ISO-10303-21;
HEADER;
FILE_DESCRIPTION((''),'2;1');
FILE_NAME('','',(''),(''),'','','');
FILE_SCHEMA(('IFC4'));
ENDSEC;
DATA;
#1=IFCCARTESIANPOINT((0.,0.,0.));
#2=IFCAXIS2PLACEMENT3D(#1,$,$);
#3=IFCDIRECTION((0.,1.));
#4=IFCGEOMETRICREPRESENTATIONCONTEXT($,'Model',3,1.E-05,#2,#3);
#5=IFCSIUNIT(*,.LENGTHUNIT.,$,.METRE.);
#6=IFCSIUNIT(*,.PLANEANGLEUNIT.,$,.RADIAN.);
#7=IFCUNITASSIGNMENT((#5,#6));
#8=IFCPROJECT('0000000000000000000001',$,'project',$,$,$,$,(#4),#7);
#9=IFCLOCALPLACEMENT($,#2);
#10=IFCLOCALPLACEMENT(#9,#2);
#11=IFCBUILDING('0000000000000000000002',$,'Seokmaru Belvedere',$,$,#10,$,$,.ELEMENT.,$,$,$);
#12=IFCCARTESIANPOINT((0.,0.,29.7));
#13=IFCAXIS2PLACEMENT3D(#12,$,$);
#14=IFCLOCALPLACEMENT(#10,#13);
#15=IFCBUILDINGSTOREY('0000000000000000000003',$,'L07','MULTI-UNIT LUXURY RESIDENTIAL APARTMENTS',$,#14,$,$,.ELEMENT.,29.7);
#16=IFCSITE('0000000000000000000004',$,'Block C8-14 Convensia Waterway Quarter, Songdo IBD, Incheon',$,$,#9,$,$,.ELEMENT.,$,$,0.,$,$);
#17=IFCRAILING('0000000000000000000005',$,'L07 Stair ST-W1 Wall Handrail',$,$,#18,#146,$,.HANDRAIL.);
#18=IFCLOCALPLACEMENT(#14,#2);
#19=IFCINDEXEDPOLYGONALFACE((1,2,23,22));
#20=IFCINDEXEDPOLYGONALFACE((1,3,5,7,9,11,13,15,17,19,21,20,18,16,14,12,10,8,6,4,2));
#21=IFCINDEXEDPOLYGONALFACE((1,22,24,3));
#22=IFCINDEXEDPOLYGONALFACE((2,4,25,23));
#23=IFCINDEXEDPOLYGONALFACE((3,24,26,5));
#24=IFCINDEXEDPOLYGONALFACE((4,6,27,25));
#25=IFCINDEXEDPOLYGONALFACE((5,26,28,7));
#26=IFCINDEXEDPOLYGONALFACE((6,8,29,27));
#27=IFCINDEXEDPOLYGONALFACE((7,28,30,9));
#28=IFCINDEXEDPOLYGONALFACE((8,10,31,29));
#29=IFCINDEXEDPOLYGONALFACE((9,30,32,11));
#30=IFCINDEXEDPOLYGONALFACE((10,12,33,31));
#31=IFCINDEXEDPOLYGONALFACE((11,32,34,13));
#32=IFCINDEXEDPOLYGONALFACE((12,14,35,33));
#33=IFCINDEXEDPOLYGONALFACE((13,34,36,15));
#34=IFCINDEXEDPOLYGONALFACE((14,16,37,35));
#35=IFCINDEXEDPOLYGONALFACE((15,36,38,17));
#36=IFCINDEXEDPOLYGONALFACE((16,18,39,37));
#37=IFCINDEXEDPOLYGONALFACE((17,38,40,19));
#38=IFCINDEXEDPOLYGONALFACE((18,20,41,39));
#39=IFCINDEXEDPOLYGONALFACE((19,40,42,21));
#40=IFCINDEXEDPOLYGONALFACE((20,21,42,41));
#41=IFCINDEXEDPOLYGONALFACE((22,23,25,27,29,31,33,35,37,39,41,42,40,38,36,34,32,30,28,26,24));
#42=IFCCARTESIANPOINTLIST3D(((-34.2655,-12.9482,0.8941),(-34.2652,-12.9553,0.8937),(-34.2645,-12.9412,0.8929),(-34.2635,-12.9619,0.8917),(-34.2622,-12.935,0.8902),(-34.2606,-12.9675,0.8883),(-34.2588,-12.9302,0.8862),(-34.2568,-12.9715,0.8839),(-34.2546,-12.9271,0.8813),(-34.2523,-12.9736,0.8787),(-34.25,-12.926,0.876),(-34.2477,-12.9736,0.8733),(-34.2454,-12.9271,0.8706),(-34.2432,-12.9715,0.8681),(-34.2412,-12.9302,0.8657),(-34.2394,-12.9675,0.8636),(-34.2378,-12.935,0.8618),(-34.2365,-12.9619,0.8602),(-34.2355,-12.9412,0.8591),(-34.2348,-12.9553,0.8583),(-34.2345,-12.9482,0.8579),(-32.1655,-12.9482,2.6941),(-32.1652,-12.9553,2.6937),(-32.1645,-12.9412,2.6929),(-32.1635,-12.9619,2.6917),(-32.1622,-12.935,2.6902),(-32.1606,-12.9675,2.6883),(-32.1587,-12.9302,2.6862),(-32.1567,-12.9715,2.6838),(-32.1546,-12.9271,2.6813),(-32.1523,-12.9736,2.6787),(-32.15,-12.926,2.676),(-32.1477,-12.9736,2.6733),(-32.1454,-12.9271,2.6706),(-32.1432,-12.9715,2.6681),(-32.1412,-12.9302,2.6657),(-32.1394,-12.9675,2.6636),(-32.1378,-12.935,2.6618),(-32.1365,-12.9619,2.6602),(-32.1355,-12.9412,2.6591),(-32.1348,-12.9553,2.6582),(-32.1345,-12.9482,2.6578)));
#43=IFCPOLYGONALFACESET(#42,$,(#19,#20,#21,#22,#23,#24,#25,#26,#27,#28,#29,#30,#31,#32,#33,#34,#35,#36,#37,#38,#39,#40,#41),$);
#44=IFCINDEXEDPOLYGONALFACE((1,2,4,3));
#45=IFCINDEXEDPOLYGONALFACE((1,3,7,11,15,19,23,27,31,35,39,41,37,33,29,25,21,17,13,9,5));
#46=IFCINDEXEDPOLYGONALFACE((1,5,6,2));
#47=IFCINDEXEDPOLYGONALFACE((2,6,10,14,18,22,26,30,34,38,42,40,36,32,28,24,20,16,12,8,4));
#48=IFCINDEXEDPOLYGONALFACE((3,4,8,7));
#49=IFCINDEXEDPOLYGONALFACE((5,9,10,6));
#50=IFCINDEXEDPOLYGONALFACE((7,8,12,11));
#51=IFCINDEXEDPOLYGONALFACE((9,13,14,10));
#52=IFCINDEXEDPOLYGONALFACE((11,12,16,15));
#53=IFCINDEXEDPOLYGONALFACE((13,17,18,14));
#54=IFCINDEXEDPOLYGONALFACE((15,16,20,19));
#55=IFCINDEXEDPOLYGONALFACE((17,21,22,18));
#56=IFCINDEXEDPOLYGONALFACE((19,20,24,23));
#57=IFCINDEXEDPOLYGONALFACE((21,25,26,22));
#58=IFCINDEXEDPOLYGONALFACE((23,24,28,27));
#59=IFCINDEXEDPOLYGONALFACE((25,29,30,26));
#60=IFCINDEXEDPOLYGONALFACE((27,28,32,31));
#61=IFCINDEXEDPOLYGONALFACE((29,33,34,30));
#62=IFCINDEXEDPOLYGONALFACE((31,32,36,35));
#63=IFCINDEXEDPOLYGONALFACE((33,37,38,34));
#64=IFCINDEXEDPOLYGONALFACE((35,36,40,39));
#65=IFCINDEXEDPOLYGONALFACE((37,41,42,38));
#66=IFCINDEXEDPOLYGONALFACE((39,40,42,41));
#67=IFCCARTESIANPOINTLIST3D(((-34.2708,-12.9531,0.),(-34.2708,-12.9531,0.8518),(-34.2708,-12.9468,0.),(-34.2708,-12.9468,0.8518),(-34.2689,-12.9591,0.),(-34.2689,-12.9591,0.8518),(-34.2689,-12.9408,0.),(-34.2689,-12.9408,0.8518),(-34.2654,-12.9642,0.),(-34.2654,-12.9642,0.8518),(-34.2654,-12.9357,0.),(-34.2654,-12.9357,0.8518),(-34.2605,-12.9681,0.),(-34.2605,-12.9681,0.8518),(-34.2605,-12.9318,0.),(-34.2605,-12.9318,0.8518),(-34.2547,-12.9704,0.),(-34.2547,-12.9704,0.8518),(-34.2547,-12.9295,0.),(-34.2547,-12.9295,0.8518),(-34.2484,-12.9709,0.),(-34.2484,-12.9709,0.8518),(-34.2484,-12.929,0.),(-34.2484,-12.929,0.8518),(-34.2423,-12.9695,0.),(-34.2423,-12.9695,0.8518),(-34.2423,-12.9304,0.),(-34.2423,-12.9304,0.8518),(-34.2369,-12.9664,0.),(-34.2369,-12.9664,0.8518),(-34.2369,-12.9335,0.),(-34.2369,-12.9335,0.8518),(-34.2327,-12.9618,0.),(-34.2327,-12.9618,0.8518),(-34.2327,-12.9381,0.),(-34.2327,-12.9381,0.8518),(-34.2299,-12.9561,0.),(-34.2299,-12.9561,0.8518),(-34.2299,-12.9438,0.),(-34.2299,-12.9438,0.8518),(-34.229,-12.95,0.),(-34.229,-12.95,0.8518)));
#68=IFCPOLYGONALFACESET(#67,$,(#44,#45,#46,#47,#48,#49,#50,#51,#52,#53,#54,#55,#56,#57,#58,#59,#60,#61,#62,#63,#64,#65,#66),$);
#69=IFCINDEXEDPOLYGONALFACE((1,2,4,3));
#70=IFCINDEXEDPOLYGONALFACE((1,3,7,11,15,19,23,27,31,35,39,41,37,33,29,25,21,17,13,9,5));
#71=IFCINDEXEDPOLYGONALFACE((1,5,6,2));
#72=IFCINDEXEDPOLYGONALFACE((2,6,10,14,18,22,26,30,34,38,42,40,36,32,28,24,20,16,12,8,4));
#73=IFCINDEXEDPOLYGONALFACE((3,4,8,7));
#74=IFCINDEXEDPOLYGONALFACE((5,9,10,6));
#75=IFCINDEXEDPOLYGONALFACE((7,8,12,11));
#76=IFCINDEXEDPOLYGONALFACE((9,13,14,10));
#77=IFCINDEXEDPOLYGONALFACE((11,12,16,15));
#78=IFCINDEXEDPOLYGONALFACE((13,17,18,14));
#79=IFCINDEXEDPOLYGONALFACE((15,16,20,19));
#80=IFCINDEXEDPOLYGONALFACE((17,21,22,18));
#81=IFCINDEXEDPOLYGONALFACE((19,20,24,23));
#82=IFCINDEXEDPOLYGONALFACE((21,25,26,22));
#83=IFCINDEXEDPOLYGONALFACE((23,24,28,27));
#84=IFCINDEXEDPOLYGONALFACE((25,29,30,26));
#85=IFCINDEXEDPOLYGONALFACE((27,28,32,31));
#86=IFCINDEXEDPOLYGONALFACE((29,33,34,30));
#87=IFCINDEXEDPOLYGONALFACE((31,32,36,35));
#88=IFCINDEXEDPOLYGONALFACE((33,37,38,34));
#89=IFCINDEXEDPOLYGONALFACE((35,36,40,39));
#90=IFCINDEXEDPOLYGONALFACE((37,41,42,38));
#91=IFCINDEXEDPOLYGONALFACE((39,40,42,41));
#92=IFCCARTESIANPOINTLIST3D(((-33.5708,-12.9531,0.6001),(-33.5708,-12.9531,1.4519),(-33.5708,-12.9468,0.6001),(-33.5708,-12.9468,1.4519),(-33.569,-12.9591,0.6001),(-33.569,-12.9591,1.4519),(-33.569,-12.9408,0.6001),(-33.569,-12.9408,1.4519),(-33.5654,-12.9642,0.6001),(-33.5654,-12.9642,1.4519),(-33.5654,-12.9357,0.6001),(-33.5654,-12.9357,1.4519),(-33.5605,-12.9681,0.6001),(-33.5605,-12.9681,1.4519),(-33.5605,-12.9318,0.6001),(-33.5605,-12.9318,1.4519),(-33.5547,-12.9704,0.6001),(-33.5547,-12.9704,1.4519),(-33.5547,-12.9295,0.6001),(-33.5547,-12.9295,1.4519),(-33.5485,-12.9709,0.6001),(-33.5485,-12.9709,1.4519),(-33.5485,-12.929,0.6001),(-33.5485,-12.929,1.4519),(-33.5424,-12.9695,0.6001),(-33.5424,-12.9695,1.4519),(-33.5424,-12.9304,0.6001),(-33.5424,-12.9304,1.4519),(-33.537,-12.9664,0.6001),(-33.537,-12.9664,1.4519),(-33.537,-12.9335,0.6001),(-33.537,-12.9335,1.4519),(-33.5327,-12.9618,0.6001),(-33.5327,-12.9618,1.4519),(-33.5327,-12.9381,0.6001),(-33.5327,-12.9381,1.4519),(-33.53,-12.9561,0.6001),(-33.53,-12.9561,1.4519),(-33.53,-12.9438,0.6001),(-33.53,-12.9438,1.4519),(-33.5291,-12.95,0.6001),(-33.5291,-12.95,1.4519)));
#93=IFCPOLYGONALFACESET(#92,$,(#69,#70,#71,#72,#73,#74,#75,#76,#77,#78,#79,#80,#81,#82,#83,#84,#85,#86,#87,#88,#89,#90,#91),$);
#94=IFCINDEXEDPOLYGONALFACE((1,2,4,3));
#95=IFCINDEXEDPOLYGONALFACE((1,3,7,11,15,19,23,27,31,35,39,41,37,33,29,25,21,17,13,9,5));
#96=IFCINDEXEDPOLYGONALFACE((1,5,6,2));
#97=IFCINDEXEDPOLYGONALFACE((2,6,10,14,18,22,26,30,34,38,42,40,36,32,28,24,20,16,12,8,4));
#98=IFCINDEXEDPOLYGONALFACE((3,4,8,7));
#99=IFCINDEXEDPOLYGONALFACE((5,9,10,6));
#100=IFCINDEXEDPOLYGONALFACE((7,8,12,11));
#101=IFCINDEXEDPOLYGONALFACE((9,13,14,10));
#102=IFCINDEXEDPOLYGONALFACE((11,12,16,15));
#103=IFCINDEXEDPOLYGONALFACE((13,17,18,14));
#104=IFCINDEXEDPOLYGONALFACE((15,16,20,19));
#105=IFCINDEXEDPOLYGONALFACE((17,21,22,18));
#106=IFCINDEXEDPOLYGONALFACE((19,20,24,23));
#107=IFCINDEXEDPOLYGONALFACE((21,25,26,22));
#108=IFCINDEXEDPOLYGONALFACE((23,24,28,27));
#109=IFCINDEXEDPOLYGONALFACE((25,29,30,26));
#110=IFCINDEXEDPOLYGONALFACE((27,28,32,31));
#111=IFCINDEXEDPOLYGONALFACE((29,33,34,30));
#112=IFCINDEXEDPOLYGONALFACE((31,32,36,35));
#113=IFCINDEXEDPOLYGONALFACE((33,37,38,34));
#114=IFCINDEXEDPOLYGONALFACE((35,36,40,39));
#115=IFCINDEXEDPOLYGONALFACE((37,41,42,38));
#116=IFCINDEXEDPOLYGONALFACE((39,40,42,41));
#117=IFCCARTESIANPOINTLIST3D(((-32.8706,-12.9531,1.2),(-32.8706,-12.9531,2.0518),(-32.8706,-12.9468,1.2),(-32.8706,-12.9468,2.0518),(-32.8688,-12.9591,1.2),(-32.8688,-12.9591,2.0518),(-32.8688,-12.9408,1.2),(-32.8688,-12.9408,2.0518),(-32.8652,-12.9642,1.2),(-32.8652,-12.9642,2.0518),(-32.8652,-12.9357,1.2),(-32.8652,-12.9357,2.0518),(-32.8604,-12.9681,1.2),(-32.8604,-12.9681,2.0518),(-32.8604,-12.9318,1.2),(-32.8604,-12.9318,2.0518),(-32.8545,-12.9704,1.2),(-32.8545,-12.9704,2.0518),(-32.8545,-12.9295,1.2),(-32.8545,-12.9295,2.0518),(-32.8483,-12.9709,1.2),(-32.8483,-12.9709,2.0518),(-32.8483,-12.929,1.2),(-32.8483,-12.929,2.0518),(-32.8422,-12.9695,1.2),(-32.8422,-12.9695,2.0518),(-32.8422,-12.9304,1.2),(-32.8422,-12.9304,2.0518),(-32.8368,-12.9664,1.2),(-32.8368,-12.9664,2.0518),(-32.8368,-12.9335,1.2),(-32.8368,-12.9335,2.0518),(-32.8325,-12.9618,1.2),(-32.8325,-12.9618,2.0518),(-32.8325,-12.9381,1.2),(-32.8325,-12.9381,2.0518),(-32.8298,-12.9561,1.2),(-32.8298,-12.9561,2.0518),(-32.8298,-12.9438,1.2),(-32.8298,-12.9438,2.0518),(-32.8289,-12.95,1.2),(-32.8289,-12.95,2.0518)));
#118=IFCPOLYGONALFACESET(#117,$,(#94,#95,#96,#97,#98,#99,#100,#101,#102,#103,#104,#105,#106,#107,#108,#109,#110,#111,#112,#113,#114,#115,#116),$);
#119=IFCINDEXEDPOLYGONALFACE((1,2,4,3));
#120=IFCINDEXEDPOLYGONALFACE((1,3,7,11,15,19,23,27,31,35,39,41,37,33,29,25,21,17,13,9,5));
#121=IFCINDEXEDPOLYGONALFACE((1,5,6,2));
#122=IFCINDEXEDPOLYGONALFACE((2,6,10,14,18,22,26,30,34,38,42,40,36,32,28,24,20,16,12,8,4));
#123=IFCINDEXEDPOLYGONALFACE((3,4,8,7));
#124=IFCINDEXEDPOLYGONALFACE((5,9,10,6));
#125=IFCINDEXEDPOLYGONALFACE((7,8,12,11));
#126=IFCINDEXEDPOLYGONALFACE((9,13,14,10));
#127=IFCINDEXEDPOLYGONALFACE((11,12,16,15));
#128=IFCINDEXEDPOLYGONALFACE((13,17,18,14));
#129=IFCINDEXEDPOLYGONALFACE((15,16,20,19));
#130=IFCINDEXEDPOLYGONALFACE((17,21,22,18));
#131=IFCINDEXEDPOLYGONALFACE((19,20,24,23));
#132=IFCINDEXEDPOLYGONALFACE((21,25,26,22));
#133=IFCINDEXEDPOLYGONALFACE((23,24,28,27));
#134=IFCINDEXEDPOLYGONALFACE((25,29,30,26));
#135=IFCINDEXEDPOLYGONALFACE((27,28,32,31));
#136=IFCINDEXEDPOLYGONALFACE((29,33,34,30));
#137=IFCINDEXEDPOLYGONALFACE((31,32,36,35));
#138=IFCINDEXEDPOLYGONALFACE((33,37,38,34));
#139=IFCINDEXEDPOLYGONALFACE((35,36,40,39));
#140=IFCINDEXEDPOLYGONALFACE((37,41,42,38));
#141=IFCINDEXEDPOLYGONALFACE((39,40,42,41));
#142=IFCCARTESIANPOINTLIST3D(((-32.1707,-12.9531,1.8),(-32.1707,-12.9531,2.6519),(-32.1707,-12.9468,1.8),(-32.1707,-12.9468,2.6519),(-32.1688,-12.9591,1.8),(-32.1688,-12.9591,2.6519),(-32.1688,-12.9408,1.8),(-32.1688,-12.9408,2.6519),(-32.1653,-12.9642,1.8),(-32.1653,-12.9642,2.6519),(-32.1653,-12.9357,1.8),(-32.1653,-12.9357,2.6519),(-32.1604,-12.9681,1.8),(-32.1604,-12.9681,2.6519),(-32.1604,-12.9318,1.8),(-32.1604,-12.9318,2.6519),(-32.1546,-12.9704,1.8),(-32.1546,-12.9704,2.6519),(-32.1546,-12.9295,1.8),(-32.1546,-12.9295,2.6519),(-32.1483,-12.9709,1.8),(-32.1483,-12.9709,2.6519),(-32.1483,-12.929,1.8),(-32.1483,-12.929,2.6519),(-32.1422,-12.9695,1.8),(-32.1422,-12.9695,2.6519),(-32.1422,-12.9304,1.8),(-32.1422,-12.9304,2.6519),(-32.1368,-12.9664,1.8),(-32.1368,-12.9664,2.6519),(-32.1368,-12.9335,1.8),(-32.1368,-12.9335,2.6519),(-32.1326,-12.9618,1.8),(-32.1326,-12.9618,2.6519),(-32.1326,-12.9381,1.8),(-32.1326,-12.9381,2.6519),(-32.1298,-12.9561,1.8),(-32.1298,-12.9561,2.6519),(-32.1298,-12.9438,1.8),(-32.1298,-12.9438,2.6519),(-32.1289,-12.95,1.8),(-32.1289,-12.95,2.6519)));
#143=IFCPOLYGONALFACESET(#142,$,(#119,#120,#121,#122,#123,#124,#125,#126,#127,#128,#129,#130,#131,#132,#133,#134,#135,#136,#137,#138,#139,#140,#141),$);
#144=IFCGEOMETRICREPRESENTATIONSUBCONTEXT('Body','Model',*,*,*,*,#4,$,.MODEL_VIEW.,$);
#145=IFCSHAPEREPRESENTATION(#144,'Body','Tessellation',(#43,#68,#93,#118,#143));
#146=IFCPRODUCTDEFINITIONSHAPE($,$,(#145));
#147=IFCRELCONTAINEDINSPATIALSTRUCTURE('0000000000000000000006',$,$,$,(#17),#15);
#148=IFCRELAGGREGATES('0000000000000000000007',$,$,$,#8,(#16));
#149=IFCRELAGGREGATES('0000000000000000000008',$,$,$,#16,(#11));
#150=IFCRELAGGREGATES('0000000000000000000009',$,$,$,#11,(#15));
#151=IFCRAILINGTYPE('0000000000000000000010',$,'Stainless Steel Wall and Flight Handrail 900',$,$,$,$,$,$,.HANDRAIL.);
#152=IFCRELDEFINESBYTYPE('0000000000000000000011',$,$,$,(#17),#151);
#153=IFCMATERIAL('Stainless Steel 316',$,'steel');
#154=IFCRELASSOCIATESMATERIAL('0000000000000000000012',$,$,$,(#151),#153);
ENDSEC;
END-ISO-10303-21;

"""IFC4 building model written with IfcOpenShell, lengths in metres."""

from ifc_helpers import new_model, si_unit, direction, frame, origin, origin_2d, place, context, subcontext, project, spatial, circle, extrude, material, type_object, element, save


model = new_model("IFC4")

# Units and contexts
model_context = context("Model", 3, precision=1e-05, world=origin(), true_north=direction((0.0, 1.0)))
body_context = subcontext(model_context, "Body", "Model", "MODEL_VIEW")
ifc_project = project(units=[si_unit("LENGTHUNIT", "METRE"), si_unit("PLANEANGLEUNIT", "RADIAN")], contexts=[model_context])

# Site, building, storey
site_placement = place(None, origin())
site = spatial("IfcSite", under=ifc_project, at=site_placement, Name="Block C8-14 Convensia Waterway Quarter, Songdo IBD, Incheon", CompositionType="ELEMENT", RefElevation=0.0)
building_placement = place(site_placement, origin())
building = spatial("IfcBuilding", under=site, at=building_placement, Name="Seokmaru Belvedere", CompositionType="ELEMENT")
storey_placement = place(building_placement, frame((0.0, 0.0, 29.7)))
storey = spatial("IfcBuildingStorey", under=building, at=storey_placement, Name="L07", Description="MULTI-UNIT LUXURY RESIDENTIAL APARTMENTS", CompositionType="ELEMENT", Elevation=29.7)

# Railing
ifc_material_1 = material(Name="Stainless Steel 316", Category="steel")
railing_type_1 = type_object("IfcRailingType", Name="Stainless Steel Wall and Flight Handrail 900", PredefinedType="HANDRAIL", material=ifc_material_1)
railing_1_placement = place(storey_placement, frame((-34.25, -12.95, 0.0)))
element("IfcRailing", 1, at=railing_1_placement, inside=storey, type_object=railing_type_1, Name="L07 Stair ST-W1 Wall Handrail", PredefinedType="HANDRAIL", context=body_context, shape_type="SweptSolid", body=[
    extrude(circle(Radius=0.0239, at=origin_2d()), frame((0.0, 0.0, 0.876), z_axis=(0.759263, 0.0, 0.650784), x_axis=(0.0, 1.0, 0.0)), (0.0, 0.0, 1.0), 2.7659),
    extrude(circle(Radius=0.021, at=origin_2d()), origin(), (0.0, 0.0, 1.0), 0.8518),
    extrude(circle(Radius=0.021, at=origin_2d()), frame((0.7, 0.0, 0.6001)), (0.0, 0.0, 1.0), 0.8518),
    extrude(circle(Radius=0.021, at=origin_2d()), frame((1.4001, 0.0, 1.2)), (0.0, 0.0, 1.0), 0.8518),
    extrude(circle(Radius=0.021, at=origin_2d()), frame((2.1001, 0.0, 1.8)), (0.0, 0.0, 1.0), 0.8518),
])

save(model, "model.ifc")
